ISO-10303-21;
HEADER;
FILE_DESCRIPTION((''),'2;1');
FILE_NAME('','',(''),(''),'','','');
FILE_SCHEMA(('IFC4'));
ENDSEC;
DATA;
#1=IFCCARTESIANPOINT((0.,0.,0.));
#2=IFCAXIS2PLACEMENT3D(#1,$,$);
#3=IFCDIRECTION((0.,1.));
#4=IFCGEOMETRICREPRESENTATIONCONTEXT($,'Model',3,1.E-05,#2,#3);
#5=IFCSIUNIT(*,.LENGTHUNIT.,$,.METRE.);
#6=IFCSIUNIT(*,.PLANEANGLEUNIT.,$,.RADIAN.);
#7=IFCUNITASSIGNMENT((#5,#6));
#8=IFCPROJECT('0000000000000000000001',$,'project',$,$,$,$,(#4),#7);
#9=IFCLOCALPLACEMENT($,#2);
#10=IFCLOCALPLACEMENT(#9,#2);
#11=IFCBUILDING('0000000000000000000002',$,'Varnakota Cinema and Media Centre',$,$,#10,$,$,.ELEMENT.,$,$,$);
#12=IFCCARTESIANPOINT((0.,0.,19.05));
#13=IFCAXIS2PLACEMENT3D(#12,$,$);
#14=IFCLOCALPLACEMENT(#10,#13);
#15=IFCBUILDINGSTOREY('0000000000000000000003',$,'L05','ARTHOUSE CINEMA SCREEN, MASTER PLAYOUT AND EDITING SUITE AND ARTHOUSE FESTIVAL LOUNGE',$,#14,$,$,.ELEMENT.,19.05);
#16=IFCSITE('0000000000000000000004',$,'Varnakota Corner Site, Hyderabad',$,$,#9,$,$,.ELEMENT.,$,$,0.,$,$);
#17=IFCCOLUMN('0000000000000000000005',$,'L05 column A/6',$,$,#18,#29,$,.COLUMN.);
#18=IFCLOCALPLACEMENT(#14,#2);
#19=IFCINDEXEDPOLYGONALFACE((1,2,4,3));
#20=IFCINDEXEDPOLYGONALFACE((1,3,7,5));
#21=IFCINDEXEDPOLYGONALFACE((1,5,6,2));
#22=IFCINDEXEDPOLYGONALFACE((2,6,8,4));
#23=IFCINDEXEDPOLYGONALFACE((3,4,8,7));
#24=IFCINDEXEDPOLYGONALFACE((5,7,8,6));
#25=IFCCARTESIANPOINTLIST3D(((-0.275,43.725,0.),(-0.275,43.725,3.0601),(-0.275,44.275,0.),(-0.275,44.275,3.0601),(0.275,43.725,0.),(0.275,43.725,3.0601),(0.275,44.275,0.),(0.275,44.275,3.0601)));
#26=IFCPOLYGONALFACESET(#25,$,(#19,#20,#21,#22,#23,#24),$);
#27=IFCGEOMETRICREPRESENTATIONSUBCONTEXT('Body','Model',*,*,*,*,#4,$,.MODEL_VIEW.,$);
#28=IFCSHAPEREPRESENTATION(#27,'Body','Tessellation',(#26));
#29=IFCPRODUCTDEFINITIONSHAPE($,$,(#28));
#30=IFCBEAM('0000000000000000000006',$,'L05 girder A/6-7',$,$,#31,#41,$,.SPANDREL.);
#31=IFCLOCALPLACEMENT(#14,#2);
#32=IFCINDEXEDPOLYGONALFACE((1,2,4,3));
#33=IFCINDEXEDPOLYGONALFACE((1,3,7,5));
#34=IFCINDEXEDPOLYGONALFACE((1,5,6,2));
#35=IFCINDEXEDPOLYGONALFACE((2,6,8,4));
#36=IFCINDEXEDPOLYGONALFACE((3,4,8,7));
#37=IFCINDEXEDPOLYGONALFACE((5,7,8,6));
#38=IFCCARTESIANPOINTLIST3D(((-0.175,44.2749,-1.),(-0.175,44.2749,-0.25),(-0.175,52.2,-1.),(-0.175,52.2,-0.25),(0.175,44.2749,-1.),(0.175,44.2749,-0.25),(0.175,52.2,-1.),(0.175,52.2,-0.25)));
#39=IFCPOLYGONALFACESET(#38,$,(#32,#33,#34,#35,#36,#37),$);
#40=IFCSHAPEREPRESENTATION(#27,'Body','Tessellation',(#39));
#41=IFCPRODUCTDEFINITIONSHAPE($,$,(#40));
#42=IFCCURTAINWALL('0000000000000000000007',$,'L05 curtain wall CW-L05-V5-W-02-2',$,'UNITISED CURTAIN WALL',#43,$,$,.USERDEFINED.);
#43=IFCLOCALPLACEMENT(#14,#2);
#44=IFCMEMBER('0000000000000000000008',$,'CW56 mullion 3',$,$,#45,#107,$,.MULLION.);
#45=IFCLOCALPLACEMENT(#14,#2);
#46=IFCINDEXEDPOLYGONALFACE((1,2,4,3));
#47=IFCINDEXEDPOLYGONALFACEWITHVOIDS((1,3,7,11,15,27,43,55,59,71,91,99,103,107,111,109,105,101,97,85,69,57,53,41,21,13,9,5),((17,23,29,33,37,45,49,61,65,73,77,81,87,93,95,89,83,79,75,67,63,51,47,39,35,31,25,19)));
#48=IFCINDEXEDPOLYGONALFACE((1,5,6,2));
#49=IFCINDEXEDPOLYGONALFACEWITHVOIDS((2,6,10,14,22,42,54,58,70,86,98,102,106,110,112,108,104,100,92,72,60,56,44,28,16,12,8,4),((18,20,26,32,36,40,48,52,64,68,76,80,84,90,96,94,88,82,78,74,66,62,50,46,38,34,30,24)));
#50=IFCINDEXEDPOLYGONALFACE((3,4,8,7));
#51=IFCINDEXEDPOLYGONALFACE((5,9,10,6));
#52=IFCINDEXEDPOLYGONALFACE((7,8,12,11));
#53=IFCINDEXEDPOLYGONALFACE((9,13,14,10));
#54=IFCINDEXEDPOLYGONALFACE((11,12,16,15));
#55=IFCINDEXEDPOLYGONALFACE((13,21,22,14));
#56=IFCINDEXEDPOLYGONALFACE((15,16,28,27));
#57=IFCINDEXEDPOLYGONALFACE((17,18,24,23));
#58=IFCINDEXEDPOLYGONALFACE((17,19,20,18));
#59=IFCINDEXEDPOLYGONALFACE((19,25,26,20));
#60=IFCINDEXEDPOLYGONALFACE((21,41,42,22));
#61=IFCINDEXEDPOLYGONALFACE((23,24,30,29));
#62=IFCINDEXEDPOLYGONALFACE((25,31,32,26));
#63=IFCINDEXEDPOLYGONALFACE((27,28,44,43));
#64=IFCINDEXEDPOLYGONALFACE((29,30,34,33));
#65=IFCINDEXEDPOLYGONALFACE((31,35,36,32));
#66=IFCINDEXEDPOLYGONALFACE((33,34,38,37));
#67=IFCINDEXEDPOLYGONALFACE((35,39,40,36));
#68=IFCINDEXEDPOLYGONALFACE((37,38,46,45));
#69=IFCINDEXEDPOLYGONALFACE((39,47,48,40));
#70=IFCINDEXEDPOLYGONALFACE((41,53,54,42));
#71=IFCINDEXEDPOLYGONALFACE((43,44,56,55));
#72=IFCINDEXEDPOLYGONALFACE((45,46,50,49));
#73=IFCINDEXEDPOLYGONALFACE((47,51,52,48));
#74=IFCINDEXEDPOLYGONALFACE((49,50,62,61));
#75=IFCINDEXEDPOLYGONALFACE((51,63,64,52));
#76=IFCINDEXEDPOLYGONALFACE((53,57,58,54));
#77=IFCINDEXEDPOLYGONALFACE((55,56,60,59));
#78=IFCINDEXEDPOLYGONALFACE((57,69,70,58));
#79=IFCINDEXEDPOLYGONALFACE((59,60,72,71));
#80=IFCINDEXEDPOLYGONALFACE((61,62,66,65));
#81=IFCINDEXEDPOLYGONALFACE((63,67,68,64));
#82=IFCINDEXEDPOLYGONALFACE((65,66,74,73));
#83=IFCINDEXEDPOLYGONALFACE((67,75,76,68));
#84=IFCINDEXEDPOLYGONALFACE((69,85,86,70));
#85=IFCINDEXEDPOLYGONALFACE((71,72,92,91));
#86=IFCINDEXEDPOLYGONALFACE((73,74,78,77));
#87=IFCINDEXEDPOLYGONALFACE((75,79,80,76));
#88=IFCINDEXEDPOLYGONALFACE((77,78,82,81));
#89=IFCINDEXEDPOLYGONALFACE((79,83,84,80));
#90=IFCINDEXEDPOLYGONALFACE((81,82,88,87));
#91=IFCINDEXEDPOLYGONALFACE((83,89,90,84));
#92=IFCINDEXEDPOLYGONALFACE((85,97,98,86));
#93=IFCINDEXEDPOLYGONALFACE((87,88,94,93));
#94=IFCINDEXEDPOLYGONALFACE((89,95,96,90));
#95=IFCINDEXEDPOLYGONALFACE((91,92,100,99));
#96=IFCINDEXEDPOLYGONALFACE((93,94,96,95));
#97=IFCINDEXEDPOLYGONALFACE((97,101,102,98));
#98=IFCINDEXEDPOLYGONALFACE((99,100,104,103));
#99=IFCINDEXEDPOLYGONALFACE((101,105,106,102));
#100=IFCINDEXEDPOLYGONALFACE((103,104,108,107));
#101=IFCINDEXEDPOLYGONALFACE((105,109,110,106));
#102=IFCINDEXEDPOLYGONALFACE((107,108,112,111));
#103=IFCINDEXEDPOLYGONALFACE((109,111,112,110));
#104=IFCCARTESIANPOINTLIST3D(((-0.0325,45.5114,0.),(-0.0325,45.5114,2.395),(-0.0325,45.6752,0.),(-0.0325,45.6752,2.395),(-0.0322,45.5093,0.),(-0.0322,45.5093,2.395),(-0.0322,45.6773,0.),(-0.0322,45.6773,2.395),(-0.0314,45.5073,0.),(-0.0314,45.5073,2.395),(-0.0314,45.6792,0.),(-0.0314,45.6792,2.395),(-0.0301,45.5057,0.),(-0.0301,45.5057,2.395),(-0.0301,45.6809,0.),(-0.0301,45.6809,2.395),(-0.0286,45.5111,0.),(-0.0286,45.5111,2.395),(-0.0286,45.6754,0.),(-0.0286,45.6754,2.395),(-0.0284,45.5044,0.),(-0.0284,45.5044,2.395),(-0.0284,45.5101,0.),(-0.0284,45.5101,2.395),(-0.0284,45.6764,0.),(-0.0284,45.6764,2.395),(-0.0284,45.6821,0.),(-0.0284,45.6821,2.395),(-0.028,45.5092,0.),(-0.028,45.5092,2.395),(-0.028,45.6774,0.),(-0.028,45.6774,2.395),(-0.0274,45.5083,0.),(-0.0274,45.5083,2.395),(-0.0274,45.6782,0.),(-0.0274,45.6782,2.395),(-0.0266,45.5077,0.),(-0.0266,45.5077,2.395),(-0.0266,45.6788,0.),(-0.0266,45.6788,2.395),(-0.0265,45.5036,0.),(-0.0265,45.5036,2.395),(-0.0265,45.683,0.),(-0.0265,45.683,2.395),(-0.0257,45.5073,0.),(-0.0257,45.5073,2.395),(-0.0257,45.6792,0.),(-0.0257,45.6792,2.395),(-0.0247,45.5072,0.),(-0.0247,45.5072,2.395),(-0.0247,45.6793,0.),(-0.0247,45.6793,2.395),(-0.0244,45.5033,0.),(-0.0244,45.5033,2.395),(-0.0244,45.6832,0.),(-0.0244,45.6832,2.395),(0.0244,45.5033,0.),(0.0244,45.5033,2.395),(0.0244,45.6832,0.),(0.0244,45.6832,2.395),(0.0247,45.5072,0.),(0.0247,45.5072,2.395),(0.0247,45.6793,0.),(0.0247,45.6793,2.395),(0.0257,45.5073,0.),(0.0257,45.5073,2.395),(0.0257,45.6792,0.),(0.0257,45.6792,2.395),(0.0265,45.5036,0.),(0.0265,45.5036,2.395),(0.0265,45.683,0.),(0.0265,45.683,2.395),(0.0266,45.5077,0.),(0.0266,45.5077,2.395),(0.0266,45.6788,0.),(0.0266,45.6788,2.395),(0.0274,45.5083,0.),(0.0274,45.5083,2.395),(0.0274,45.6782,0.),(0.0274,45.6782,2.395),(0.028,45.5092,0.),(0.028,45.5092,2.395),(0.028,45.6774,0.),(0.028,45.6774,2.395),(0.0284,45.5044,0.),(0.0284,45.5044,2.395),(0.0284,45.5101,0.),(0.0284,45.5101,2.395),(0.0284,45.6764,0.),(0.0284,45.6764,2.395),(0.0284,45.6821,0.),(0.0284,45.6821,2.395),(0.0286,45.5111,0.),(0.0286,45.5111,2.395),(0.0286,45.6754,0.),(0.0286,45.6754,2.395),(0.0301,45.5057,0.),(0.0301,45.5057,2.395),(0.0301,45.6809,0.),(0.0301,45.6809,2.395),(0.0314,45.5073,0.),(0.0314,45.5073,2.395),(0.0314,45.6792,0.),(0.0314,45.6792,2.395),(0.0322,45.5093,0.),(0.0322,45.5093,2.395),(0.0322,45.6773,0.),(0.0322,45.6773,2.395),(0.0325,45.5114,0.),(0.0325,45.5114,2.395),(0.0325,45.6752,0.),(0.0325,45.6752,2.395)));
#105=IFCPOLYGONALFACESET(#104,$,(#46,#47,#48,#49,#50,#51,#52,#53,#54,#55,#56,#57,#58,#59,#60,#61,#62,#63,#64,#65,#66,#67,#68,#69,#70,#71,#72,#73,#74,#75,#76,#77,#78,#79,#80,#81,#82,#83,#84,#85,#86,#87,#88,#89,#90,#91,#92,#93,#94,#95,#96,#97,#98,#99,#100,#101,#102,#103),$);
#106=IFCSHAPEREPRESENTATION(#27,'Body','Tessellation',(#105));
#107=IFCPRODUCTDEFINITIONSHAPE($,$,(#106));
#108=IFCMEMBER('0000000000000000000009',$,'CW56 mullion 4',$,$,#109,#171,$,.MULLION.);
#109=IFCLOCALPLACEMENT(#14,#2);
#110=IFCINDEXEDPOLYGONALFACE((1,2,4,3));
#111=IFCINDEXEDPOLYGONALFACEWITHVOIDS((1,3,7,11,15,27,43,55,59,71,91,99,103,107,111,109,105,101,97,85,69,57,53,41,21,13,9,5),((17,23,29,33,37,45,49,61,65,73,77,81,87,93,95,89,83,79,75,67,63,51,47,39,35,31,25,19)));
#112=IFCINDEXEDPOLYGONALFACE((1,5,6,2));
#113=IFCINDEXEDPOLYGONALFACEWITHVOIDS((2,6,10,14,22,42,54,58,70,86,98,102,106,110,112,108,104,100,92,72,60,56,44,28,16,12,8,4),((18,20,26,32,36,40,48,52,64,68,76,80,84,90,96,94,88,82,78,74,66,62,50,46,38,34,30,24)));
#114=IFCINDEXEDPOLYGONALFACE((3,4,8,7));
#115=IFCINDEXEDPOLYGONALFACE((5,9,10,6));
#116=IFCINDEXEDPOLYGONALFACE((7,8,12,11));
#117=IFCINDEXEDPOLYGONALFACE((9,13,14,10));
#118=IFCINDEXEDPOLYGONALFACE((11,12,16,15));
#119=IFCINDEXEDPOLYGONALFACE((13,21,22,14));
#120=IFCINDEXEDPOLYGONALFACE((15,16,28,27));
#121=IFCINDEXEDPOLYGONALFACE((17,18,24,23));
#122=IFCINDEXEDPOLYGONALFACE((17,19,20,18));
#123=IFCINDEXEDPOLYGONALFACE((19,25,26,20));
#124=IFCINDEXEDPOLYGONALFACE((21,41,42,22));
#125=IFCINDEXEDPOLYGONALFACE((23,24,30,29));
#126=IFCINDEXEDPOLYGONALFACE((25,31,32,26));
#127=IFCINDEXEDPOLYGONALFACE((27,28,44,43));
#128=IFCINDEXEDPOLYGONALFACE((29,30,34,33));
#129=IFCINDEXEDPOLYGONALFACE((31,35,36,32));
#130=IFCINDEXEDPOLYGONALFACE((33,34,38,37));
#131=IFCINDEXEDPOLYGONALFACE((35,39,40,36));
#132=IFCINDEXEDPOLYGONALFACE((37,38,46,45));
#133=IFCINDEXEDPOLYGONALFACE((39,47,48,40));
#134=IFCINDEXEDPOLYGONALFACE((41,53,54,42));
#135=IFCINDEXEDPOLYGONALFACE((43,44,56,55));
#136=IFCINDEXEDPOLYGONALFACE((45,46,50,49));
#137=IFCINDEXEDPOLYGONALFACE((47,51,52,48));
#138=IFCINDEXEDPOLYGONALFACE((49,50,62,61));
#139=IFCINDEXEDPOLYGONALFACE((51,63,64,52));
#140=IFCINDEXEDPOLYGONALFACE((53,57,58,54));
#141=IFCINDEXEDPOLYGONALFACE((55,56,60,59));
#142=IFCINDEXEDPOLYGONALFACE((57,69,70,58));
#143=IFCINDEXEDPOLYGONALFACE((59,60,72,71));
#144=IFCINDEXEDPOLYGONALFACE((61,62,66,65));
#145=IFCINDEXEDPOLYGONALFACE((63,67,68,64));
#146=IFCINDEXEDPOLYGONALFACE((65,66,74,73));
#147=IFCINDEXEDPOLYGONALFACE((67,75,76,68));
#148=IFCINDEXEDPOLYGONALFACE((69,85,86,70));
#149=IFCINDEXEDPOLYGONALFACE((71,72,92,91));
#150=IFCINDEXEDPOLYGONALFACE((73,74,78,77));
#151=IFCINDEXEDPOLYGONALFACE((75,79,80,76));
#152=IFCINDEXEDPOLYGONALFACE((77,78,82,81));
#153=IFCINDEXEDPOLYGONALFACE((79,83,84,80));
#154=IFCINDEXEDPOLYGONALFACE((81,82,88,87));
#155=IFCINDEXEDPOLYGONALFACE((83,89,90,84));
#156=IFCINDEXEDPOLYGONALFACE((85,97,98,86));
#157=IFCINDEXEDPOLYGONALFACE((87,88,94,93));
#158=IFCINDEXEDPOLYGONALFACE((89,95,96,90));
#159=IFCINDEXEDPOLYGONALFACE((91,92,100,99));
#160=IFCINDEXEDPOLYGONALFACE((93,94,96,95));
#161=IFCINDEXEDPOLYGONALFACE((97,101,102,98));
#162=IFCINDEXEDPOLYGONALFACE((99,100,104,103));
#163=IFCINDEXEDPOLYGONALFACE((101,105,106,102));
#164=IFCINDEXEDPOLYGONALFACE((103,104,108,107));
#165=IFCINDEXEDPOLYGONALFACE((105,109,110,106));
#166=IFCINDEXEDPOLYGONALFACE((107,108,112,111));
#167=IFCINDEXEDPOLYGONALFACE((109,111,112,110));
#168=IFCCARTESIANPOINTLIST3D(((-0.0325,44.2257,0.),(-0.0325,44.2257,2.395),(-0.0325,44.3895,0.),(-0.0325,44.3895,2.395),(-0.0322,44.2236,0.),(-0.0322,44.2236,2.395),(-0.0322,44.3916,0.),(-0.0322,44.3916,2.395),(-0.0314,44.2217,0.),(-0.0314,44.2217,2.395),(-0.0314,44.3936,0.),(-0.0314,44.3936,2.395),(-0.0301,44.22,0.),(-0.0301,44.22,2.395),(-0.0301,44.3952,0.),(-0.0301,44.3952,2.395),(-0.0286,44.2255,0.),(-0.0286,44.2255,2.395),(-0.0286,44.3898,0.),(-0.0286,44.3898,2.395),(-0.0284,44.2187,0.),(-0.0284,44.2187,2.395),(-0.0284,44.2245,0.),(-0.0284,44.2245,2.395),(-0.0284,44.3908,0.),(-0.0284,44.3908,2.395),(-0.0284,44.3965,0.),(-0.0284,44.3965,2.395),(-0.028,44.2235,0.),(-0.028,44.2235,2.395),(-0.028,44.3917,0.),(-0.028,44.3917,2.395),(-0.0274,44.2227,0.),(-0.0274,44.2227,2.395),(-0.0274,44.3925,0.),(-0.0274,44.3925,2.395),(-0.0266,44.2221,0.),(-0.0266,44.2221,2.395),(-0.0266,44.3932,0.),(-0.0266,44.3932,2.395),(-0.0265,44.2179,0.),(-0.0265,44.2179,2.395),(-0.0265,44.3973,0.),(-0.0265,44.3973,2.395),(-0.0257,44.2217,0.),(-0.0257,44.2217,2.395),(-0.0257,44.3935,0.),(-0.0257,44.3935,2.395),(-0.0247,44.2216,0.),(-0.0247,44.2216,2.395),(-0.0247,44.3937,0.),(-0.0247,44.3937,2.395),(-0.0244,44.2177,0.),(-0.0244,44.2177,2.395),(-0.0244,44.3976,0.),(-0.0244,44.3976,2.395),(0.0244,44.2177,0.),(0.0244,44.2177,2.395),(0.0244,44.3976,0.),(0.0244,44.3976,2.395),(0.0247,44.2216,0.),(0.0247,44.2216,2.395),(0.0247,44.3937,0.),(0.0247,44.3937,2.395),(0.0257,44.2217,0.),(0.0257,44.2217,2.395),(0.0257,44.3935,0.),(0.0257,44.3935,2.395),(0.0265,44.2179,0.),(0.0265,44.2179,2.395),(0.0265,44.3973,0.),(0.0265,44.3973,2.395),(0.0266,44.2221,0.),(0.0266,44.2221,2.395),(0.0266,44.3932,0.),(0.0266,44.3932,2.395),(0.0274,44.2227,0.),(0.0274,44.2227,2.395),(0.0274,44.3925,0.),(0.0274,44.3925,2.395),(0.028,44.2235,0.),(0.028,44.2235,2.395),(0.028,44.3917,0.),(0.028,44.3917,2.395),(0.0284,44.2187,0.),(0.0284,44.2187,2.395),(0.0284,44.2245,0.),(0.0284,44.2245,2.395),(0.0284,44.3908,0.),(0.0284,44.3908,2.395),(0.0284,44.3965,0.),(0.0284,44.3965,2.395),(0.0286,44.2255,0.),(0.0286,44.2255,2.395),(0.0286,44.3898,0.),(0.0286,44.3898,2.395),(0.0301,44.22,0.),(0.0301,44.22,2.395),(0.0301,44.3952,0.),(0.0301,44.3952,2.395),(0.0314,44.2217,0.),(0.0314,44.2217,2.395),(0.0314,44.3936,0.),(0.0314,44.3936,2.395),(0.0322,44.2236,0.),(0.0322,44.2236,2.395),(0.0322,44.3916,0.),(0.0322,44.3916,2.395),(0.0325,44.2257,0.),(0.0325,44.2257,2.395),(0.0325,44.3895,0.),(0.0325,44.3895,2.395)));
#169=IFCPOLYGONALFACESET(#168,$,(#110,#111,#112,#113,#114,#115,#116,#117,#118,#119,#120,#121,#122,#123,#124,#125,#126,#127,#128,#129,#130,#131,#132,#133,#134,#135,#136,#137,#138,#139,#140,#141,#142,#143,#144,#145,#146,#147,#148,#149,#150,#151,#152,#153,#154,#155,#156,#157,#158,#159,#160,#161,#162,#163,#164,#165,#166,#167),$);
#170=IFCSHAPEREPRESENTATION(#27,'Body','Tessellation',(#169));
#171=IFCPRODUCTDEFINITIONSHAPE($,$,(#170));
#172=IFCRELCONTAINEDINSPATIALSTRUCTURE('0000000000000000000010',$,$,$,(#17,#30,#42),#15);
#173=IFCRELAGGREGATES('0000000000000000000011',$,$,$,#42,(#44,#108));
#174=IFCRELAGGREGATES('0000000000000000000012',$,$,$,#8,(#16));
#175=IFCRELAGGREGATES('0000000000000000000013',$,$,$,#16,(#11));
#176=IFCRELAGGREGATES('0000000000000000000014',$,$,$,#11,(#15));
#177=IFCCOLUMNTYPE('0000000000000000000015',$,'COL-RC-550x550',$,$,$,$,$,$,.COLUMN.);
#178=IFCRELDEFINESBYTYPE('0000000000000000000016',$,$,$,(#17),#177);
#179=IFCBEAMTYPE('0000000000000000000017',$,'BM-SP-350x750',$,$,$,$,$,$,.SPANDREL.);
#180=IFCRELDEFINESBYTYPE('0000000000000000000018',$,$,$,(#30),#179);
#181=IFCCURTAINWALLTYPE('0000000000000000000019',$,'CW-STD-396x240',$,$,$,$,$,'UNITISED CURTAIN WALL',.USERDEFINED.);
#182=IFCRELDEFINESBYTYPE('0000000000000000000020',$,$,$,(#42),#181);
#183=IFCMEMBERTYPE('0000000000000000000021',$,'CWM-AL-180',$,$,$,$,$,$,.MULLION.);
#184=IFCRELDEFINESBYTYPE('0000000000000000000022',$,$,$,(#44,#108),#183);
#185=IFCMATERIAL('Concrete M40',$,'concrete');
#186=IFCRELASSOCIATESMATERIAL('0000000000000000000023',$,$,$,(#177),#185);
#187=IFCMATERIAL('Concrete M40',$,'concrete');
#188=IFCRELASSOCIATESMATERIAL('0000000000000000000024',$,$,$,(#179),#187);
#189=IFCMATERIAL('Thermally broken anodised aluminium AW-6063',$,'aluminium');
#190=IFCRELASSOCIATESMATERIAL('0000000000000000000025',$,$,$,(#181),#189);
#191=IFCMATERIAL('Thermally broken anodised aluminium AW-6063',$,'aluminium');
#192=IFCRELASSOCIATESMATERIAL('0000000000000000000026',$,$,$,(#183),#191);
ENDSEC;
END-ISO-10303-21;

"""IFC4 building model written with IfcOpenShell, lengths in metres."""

from ifc_helpers import new_model, si_unit, direction, frame, origin, origin_2d, place, context, subcontext, project, spatial, rectangle, hollow_rectangle, extrude, material, material_profile, profile_set, type_object, element, aggregate, save


model = new_model("IFC4")

# Units and contexts
model_context = context("Model", 3, precision=1e-05, world=origin(), true_north=direction((0.0, 1.0)))
body_context = subcontext(model_context, "Body", "Model", "MODEL_VIEW")
ifc_project = project(units=[si_unit("LENGTHUNIT", "METRE"), si_unit("PLANEANGLEUNIT", "RADIAN")], contexts=[model_context])

# Site, building, storey
site_placement = place(None, origin())
site = spatial("IfcSite", under=ifc_project, at=site_placement, Name="Varnakota Corner Site, Hyderabad", CompositionType="ELEMENT", RefElevation=0.0)
building_placement = place(site_placement, origin())
building = spatial("IfcBuilding", under=site, at=building_placement, Name="Varnakota Cinema and Media Centre", CompositionType="ELEMENT")
storey_placement = place(building_placement, frame((0.0, 0.0, 19.05)))
storey = spatial("IfcBuildingStorey", under=building, at=storey_placement, Name="L05", Description="ARTHOUSE CINEMA SCREEN, MASTER PLAYOUT AND EDITING SUITE AND ARTHOUSE FESTIVAL LOUNGE", CompositionType="ELEMENT", Elevation=19.05)

# Column
ifc_material_1 = material(Name="Concrete M40", Category="concrete")
ifc_material_profile_1 = material_profile(ifc_material_1, rectangle(XDim=0.55, YDim=0.55, at=origin_2d()), Name="RC 550x550")
ifc_profile_set_1 = profile_set([ifc_material_profile_1], Name="Concrete M40")
column_type = type_object("IfcColumnType", Name="COL-RC-550x550", PredefinedType="COLUMN", material=ifc_profile_set_1)
column_placement = place(storey_placement, frame((0.0, 44.0, 0.0), z_axis=(0.0, 0.0, 1.0), x_axis=(1.0, 0.0, 0.0)))
element("IfcColumn", 1, at=column_placement, inside=storey, type_object=column_type, Name="L05 column A/6", PredefinedType="COLUMN", context=body_context, shape_type="SweptSolid", body=[
    extrude(rectangle(XDim=0.55, YDim=0.55, at=origin_2d()), origin(), (0.0, 0.0, 1.0), 3.0601),
])

# Beam
ifc_material_2 = material(Name="Concrete M40", Category="concrete")
ifc_material_profile_2 = material_profile(ifc_material_2, rectangle(XDim=0.3501, YDim=0.75, at=origin_2d()), Name="RCB 350x750")
ifc_profile_set_2 = profile_set([ifc_material_profile_2], Name="Concrete M40")
beam_type = type_object("IfcBeamType", Name="BM-SP-350x750", PredefinedType="SPANDREL", material=ifc_profile_set_2)
beam_placement = place(storey_placement, frame((0.0, 44.2749, -0.625), z_axis=(0.0, 1.0, 0.0), x_axis=(-1.0, 0.0, 0.0)))
element("IfcBeam", 2, at=beam_placement, inside=storey, type_object=beam_type, Name="L05 girder A/6-7", PredefinedType="SPANDREL", context=body_context, shape_type="SweptSolid", body=[
    extrude(rectangle(XDim=0.3501, YDim=0.75, at=origin_2d()), origin(), (0.0, 0.0, 1.0), 7.925),
])

# Curtain wall, members
ifc_material_3 = material(Name="Thermally broken anodised aluminium AW-6063", Category="aluminium")
curtain_wall_type_1 = type_object("IfcCurtainWallType", Name="CW-STD-396x240", ElementType="UNITISED CURTAIN WALL", PredefinedType="USERDEFINED", material=ifc_material_3)
curtain_wall_1_placement = place(storey_placement, origin())
curtain_wall_1 = element("IfcCurtainWall", 3, at=curtain_wall_1_placement, inside=storey, type_object=curtain_wall_type_1, Name="L05 curtain wall CW-L05-V5-W-02-2", ObjectType="UNITISED CURTAIN WALL", PredefinedType="USERDEFINED")
ifc_material_4 = material(Name="Thermally broken anodised aluminium AW-6063", Category="aluminium")
ifc_material_profile_3 = material_profile(ifc_material_4, hollow_rectangle(XDim=0.0649, YDim=0.1799, WallThickness=0.0039, InnerFilletRadius=0.0039, OuterFilletRadius=0.0081, at=origin_2d()), Name="AL-MULLION 180x65x4")
ifc_profile_set_3 = profile_set([ifc_material_profile_3], Name="Thermally broken anodised aluminium AW-6063")
member_type_1 = type_object("IfcMemberType", Name="CWM-AL-180", PredefinedType="MULLION", material=ifc_profile_set_3)
member_1_placement = place(storey_placement, frame((0.0, 45.5933, 0.0), z_axis=(0.0, 0.0, 1.0), x_axis=(1.0, 0.0, 0.0)))
member_1 = element("IfcMember", 4, at=member_1_placement, type_object=member_type_1, Name="CW56 mullion 3", PredefinedType="MULLION", context=body_context, shape_type="SweptSolid", body=[
    extrude(hollow_rectangle(XDim=0.0649, YDim=0.1799, WallThickness=0.0039, InnerFilletRadius=0.0039, OuterFilletRadius=0.0081, at=origin_2d()), origin(), (0.0, 0.0, 1.0), 2.395),
])
member_2_placement = place(storey_placement, frame((0.0, 44.3076, 0.0), z_axis=(0.0, 0.0, 1.0), x_axis=(1.0, 0.0, 0.0)))
member_2 = element("IfcMember", 5, at=member_2_placement, type_object=member_type_1, Name="CW56 mullion 4", PredefinedType="MULLION", context=body_context, shape_type="SweptSolid", body=[
    extrude(hollow_rectangle(XDim=0.0649, YDim=0.1799, WallThickness=0.0039, InnerFilletRadius=0.0039, OuterFilletRadius=0.0081, at=origin_2d()), origin(), (0.0, 0.0, 1.0), 2.395),
])

aggregate(curtain_wall_1, [member_1, member_2])

save(model, "model.ifc")
